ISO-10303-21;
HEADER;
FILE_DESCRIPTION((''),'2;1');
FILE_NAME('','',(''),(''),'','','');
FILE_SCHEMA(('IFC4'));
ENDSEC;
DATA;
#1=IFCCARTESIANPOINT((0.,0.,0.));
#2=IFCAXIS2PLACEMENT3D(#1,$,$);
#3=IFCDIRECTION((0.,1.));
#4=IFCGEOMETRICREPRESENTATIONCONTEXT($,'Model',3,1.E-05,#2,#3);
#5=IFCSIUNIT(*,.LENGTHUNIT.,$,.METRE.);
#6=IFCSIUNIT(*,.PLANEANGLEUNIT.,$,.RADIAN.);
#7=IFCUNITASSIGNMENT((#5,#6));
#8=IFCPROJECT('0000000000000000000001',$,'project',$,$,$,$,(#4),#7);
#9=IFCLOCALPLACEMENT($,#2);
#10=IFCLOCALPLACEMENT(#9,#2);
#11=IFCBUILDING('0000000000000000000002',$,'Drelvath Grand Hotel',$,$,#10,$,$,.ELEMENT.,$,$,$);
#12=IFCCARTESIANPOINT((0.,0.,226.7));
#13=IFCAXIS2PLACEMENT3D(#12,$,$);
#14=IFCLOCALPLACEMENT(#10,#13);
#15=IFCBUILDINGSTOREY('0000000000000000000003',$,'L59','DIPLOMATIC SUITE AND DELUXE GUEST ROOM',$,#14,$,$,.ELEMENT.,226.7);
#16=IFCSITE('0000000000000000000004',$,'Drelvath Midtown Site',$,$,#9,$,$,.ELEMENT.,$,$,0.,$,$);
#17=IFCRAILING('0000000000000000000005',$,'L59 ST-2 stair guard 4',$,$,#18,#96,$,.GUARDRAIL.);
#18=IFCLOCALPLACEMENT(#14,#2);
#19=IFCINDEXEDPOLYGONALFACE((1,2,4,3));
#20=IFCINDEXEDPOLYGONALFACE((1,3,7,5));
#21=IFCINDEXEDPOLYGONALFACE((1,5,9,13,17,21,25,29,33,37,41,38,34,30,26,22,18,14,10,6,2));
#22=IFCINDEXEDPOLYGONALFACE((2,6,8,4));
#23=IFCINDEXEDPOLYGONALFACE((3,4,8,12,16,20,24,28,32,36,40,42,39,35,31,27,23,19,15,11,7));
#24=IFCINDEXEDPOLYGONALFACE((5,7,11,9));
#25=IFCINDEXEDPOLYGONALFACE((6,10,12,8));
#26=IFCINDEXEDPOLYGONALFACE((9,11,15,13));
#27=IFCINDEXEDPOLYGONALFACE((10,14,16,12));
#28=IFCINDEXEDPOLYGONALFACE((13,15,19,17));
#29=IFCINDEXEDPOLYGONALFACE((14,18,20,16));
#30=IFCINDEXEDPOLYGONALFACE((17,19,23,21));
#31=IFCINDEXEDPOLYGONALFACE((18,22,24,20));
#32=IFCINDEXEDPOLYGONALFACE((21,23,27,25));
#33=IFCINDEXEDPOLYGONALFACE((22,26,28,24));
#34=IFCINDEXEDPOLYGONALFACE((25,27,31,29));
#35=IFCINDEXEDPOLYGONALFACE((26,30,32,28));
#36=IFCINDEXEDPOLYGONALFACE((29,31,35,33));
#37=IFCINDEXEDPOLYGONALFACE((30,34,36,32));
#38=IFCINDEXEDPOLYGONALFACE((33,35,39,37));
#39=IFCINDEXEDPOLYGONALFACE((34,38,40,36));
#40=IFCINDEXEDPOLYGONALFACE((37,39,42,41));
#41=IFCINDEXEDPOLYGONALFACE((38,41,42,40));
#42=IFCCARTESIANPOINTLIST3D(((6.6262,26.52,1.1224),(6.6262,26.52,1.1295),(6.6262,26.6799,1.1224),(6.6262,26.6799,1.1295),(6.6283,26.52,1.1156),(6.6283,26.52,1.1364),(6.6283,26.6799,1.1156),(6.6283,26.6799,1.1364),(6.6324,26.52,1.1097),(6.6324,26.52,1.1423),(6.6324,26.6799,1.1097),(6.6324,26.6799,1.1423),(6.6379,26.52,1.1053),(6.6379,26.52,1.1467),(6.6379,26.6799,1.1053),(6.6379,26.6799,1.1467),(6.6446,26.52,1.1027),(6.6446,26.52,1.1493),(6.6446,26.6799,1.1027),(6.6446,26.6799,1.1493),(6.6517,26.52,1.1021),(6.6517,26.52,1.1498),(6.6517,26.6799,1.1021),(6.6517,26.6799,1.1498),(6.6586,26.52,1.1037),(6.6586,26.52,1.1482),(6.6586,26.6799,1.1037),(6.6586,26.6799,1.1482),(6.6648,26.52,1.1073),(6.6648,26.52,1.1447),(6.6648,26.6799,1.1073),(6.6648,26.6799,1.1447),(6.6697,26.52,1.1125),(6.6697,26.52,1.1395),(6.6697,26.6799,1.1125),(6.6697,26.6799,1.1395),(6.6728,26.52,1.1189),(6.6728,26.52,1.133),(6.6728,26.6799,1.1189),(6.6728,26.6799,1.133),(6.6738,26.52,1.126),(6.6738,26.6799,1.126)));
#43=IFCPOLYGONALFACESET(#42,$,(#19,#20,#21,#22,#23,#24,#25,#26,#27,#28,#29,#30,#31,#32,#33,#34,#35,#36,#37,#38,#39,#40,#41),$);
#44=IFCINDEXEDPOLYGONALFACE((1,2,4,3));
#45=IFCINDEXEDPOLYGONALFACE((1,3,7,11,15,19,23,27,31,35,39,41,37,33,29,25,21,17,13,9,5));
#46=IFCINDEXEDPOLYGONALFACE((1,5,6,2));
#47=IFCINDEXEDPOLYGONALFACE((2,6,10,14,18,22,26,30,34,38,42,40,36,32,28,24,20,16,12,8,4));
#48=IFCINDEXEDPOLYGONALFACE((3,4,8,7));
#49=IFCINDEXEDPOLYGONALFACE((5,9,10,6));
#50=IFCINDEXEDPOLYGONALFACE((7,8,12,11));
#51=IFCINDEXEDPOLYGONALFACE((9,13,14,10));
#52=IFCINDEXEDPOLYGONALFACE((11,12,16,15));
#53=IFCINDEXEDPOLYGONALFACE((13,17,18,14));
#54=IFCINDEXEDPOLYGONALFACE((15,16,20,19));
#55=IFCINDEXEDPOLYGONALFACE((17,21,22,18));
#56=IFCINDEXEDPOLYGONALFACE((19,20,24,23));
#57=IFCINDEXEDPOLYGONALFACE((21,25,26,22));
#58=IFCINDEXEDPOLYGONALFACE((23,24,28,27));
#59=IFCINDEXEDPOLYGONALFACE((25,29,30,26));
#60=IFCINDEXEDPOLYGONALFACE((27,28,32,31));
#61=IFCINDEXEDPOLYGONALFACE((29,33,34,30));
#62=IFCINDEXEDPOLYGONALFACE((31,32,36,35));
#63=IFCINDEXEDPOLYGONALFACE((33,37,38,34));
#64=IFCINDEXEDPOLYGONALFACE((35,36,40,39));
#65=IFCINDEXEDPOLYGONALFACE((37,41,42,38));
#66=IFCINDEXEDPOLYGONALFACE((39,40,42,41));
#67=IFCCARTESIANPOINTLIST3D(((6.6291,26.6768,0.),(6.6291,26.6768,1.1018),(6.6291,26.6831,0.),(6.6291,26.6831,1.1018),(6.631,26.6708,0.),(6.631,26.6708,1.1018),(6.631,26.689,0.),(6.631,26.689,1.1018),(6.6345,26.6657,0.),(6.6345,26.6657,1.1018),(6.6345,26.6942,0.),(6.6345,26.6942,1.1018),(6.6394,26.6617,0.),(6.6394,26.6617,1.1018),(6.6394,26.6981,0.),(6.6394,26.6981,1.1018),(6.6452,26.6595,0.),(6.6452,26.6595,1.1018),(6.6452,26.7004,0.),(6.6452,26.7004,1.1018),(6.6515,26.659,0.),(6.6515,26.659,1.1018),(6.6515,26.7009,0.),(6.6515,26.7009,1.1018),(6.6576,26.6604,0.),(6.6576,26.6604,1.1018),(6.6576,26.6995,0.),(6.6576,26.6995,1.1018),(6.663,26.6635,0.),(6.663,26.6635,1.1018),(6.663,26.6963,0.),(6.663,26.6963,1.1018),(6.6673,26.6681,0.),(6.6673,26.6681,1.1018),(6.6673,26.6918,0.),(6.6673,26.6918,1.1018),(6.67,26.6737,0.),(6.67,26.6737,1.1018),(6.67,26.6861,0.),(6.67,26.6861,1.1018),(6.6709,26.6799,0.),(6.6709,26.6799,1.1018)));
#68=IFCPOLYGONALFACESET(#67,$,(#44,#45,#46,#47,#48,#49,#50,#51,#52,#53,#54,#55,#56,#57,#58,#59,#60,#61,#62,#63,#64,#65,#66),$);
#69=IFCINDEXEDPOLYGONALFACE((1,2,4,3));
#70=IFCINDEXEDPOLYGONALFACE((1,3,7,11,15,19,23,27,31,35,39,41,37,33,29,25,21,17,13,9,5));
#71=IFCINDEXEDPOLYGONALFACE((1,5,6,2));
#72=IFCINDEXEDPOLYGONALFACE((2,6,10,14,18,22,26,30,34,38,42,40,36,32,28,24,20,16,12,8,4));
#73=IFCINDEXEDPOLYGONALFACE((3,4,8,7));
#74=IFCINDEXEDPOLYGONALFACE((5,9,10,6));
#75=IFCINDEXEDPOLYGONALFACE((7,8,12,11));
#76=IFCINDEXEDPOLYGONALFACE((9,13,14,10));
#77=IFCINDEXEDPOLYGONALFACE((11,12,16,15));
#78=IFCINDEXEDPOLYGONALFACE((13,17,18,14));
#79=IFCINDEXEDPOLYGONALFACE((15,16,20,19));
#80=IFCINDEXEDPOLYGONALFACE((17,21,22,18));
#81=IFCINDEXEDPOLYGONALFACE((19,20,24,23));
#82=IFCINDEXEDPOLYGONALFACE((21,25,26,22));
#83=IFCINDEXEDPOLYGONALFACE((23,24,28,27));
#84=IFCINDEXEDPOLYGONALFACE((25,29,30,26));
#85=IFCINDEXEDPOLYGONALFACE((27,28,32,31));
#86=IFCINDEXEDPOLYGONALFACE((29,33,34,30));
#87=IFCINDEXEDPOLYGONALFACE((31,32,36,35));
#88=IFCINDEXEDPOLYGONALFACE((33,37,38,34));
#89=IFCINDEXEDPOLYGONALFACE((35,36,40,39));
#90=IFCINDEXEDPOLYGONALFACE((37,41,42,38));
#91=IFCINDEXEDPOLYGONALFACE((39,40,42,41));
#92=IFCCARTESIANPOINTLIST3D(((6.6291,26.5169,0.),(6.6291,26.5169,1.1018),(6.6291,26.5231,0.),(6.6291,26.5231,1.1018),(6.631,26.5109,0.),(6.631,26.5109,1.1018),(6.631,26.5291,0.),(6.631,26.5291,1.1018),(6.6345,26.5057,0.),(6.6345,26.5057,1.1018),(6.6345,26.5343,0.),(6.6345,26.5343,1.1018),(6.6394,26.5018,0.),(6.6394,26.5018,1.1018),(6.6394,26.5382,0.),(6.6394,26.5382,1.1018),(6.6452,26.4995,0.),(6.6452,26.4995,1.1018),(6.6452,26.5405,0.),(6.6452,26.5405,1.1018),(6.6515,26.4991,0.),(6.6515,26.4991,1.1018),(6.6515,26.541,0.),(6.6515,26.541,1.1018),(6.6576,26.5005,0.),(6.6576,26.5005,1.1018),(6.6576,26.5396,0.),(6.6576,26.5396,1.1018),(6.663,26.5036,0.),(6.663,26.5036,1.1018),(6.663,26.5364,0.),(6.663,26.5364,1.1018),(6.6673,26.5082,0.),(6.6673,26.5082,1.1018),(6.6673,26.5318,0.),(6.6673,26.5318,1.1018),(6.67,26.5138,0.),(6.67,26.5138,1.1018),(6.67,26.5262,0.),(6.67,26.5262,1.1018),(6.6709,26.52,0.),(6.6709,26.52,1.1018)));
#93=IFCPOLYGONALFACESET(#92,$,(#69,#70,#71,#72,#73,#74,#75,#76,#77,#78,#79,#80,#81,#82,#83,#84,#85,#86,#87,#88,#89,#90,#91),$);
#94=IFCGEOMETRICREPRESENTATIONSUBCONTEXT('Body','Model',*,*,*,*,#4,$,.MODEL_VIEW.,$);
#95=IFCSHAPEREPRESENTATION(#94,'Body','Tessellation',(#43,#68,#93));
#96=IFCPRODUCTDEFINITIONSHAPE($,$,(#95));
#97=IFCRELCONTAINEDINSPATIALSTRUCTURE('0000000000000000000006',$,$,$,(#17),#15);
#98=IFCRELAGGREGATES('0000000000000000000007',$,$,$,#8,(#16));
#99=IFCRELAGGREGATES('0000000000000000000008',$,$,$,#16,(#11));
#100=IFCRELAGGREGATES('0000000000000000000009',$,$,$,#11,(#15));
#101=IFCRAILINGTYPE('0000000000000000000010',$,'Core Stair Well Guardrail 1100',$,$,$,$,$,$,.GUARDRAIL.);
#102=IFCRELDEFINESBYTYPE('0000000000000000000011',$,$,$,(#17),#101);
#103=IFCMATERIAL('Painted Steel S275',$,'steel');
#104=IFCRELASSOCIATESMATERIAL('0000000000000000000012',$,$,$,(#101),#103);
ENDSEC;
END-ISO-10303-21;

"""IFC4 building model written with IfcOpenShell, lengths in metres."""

from ifc_helpers import new_model, si_unit, direction, frame, origin, origin_2d, place, context, subcontext, project, spatial, circle, extrude, material, type_object, element, save


model = new_model("IFC4")

# Units and contexts
model_context = context("Model", 3, precision=1e-05, world=origin(), true_north=direction((0.0, 1.0)))
body_context = subcontext(model_context, "Body", "Model", "MODEL_VIEW")
ifc_project = project(units=[si_unit("LENGTHUNIT", "METRE"), si_unit("PLANEANGLEUNIT", "RADIAN")], contexts=[model_context])

# Site, building, storey
site_placement = place(None, origin())
site = spatial("IfcSite", under=ifc_project, at=site_placement, Name="Drelvath Midtown Site", CompositionType="ELEMENT", RefElevation=0.0)
building_placement = place(site_placement, origin())
building = spatial("IfcBuilding", under=site, at=building_placement, Name="Drelvath Grand Hotel", CompositionType="ELEMENT")
storey_placement = place(building_placement, frame((0.0, 0.0, 226.7)))
storey = spatial("IfcBuildingStorey", under=building, at=storey_placement, Name="L59", Description="DIPLOMATIC SUITE AND DELUXE GUEST ROOM", CompositionType="ELEMENT", Elevation=226.7)

# Railing
ifc_material_1 = material(Name="Painted Steel S275", Category="steel")
railing_type_1 = type_object("IfcRailingType", Name="Core Stair Well Guardrail 1100", PredefinedType="GUARDRAIL", material=ifc_material_1)
railing_1_placement = place(storey_placement, frame((6.6499, 26.6799, 0.0)))
element("IfcRailing", 1, at=railing_1_placement, inside=storey, type_object=railing_type_1, Name="L59 ST-2 stair guard 4", PredefinedType="GUARDRAIL", context=body_context, shape_type="SweptSolid", body=[
    extrude(circle(Radius=0.0239, at=origin_2d()), frame((0.0, 0.0, 1.126), z_axis=(0.0, -1.0, 0.0), x_axis=(1.0, 0.0, 0.0)), (0.0, 0.0, 1.0), 0.1599),
    extrude(circle(Radius=0.021, at=origin_2d()), origin(), (0.0, 0.0, 1.0), 1.1018),
    extrude(circle(Radius=0.021, at=origin_2d()), frame((0.0, -0.1599, 0.0)), (0.0, 0.0, 1.0), 1.1018),
])

save(model, "model.ifc")
